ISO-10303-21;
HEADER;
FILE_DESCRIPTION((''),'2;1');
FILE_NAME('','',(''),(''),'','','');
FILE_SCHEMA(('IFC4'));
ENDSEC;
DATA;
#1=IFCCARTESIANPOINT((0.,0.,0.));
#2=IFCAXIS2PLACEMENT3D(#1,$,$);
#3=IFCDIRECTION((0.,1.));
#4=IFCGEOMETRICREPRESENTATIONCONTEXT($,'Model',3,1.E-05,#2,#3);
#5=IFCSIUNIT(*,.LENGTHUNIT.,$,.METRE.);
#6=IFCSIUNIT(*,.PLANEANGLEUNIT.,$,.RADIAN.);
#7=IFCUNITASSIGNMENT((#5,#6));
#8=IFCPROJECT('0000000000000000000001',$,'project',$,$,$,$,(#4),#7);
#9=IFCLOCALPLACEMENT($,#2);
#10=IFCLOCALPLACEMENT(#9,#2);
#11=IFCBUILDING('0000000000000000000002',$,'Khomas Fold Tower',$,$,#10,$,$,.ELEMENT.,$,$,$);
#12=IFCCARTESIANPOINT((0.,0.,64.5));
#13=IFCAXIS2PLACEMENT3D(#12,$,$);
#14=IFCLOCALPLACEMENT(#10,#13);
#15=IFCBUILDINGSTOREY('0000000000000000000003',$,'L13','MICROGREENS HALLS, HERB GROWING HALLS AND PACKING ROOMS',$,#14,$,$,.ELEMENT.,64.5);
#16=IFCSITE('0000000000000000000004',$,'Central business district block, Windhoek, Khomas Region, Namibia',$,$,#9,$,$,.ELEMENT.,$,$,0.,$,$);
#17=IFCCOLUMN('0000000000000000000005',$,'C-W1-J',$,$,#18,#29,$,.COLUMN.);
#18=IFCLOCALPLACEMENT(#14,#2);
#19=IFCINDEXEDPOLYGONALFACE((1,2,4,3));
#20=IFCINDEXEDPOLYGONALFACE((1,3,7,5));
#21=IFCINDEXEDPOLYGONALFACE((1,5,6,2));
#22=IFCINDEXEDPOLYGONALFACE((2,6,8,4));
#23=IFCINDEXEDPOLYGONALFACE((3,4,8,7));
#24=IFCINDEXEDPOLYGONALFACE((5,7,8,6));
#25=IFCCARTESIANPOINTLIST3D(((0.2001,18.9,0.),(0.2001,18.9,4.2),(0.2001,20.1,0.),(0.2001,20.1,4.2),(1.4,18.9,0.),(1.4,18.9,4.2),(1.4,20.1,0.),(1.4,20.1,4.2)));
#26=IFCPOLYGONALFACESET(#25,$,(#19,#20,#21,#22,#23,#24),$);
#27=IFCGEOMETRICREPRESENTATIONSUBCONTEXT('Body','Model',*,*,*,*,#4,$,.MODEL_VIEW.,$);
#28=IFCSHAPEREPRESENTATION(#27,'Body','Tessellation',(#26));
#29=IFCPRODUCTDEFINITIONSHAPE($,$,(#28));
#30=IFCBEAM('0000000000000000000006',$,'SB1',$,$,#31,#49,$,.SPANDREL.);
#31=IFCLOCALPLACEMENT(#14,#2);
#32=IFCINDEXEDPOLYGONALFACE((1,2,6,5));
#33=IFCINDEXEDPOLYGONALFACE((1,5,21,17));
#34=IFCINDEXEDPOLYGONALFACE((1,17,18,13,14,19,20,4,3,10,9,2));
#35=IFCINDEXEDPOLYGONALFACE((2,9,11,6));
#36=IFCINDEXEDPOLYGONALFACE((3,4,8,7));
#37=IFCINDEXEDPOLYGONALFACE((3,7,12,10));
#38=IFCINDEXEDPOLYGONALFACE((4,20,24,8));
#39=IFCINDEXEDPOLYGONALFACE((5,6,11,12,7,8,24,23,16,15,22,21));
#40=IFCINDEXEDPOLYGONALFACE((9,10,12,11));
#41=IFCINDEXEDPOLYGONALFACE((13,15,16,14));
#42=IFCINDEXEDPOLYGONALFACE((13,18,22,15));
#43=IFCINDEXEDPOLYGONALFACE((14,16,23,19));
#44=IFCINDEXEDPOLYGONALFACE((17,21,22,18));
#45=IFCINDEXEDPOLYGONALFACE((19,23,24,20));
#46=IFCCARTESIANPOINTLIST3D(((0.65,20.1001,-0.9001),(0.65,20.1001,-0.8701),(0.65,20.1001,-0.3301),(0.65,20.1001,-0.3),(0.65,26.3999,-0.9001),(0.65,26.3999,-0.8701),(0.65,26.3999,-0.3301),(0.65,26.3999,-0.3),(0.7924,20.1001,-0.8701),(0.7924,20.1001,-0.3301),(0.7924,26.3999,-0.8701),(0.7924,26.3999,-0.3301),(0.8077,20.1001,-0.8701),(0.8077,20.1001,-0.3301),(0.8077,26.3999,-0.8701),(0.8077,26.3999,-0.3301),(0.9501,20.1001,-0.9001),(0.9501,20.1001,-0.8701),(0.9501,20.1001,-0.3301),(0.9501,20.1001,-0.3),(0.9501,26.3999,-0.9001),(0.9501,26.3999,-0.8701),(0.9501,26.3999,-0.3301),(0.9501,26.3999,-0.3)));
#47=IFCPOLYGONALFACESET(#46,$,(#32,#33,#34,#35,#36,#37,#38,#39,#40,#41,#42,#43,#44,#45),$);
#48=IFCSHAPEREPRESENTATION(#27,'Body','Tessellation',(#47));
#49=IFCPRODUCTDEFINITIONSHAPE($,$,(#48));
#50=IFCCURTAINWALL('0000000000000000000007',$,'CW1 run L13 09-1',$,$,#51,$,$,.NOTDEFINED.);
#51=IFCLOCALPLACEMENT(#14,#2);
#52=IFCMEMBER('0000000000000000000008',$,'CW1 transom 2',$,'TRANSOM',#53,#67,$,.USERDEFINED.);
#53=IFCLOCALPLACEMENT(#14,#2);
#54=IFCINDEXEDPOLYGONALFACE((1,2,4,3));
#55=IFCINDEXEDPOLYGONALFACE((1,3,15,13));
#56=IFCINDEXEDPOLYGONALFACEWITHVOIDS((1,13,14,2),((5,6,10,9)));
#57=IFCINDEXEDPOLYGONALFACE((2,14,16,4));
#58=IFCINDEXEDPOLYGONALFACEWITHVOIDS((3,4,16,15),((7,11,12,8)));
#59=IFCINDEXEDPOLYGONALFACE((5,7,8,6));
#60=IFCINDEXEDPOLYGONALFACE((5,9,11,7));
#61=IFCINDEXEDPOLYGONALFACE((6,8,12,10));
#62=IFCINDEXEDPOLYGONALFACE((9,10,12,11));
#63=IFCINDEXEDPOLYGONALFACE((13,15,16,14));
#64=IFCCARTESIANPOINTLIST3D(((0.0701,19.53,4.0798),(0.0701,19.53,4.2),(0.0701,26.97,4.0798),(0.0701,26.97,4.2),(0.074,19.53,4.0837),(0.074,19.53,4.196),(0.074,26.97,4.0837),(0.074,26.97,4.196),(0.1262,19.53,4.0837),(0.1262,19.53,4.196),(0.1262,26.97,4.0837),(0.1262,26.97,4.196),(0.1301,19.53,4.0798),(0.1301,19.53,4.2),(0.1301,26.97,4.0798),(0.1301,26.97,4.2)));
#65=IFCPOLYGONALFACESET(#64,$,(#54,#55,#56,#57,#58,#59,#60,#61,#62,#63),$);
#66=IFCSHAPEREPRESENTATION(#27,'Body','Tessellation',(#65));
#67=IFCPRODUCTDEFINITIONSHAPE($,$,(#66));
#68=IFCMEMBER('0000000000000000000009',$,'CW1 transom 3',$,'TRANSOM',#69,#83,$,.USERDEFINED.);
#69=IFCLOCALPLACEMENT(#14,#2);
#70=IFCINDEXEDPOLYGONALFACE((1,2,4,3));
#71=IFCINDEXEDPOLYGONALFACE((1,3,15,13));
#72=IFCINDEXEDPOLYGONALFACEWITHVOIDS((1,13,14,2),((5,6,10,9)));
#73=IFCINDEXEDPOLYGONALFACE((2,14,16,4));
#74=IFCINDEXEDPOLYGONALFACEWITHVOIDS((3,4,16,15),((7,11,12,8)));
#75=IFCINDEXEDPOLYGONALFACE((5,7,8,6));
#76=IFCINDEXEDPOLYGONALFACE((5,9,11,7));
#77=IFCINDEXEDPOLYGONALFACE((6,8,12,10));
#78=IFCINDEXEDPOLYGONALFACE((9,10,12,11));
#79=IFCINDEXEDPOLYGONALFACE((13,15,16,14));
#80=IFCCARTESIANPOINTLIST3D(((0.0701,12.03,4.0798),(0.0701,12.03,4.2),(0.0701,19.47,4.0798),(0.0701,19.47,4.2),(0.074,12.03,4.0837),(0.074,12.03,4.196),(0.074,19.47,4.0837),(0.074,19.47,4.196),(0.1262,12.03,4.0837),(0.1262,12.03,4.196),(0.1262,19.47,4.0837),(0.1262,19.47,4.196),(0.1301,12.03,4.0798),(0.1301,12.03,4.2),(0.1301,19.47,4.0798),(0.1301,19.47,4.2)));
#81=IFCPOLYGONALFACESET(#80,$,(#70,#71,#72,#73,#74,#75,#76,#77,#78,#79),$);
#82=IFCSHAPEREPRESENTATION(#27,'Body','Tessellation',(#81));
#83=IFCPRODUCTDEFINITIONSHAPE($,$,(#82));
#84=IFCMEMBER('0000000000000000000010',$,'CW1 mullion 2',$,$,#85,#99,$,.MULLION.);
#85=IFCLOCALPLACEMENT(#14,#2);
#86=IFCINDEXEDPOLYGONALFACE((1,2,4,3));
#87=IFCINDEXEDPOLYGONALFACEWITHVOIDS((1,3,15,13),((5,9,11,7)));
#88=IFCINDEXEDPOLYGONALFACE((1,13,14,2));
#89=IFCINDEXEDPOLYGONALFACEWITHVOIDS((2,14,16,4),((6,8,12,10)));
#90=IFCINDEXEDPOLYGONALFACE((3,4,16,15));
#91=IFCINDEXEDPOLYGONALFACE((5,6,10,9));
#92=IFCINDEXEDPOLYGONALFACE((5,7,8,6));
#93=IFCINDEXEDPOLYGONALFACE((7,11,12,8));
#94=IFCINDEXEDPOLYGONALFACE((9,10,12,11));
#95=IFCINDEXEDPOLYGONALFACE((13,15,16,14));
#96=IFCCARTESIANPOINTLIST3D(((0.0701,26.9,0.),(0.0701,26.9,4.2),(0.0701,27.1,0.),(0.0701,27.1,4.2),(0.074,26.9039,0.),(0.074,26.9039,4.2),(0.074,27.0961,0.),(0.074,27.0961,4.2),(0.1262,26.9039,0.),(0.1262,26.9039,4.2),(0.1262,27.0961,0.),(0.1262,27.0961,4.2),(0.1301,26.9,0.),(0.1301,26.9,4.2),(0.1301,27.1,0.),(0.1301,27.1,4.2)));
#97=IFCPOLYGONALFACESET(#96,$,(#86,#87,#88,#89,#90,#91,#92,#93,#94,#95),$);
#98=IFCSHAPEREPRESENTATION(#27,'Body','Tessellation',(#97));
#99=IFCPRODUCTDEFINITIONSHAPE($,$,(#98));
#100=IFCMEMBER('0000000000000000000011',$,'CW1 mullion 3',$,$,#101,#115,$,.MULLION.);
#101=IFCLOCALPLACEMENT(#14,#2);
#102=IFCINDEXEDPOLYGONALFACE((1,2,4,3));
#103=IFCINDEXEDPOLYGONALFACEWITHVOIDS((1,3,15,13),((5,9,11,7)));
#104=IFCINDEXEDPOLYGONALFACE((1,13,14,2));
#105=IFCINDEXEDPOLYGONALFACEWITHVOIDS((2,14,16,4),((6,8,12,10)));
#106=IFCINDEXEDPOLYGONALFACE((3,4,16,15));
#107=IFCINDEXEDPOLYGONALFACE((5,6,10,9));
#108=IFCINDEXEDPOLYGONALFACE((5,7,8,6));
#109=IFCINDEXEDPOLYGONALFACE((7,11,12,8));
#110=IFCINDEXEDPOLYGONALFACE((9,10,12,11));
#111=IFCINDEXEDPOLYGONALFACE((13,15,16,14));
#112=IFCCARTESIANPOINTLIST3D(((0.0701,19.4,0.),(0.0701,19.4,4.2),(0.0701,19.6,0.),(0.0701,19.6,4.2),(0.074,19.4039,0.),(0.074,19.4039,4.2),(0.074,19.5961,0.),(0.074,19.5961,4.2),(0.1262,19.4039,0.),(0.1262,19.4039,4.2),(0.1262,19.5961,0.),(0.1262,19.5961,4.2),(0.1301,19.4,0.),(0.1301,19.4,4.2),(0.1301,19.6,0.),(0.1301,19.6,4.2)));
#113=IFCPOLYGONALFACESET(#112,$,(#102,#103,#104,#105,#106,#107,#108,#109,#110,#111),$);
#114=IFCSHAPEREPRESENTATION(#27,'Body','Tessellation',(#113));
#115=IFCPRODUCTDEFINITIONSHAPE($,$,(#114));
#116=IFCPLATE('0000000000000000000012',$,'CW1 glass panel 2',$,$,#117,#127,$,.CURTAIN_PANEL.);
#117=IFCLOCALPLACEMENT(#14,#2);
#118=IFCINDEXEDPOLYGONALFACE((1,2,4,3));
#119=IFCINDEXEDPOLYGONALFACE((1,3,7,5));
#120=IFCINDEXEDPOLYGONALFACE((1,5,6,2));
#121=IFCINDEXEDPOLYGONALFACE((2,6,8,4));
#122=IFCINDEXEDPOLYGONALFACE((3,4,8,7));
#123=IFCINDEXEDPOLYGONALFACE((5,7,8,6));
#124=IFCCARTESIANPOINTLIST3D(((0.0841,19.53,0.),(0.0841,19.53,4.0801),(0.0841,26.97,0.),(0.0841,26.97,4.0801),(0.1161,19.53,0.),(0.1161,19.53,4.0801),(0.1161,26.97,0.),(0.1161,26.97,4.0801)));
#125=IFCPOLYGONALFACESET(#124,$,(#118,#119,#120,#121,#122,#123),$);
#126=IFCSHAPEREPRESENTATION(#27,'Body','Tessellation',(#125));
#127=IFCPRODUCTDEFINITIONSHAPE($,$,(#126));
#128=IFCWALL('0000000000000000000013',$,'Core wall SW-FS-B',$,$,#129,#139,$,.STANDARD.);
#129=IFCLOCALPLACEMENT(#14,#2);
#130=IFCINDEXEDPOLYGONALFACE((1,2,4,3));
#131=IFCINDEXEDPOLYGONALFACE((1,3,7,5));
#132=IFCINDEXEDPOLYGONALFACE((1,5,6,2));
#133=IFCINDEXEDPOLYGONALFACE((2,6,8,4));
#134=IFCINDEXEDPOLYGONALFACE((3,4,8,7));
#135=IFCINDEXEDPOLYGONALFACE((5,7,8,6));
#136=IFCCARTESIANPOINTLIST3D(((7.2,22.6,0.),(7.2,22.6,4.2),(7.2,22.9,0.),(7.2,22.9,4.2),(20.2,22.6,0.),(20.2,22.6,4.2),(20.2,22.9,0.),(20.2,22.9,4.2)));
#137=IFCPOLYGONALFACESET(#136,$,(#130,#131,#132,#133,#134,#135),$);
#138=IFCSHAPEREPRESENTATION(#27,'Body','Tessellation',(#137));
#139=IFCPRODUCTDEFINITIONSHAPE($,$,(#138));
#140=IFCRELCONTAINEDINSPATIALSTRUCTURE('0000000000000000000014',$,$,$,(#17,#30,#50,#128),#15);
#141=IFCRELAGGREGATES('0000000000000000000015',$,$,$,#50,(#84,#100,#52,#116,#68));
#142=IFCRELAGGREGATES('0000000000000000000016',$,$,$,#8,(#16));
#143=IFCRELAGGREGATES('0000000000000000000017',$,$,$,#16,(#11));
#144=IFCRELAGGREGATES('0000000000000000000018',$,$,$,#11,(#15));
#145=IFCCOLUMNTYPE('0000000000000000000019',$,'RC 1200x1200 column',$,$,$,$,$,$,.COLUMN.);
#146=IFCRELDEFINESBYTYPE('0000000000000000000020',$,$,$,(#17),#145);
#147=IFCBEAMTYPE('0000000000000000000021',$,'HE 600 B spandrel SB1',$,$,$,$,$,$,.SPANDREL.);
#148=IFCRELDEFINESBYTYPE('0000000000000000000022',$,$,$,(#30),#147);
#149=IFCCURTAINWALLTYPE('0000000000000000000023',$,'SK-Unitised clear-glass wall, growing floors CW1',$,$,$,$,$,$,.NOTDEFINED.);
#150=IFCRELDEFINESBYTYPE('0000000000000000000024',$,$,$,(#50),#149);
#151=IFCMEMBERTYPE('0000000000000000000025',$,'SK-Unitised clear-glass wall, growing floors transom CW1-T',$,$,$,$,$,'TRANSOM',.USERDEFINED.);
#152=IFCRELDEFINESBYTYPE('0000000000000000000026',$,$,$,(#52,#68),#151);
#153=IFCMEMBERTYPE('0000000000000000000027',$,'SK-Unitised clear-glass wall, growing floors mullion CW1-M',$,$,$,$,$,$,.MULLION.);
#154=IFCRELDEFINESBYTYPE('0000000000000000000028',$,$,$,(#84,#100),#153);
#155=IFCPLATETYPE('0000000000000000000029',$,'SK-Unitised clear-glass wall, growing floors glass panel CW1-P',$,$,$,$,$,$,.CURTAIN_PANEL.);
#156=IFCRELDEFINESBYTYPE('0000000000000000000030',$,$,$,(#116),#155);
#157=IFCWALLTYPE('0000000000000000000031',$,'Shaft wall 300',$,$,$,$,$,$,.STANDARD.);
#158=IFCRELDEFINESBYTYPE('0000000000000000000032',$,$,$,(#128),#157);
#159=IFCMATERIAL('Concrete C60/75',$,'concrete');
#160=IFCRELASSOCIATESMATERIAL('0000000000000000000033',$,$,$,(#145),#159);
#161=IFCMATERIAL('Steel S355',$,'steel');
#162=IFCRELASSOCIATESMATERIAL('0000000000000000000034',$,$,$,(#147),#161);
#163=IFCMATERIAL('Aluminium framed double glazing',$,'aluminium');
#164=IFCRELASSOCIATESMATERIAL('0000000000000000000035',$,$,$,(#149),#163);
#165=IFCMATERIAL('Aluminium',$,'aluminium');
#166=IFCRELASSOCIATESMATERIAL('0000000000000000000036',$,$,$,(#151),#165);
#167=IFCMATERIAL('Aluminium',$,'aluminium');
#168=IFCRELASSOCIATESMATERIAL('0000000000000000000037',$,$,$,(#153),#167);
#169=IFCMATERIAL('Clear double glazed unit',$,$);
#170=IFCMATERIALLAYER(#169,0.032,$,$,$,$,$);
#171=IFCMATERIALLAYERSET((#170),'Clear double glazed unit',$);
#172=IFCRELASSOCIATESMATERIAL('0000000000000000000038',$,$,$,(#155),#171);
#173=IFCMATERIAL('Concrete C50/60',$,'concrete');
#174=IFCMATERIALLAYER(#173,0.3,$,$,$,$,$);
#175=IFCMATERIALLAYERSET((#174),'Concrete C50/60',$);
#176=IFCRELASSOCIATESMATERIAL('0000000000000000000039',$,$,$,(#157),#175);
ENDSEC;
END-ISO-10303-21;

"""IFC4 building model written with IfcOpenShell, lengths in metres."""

from ifc_helpers import new_model, si_unit, direction, frame, frame_2d, origin, origin_2d, place, context, subcontext, project, spatial, rectangle, hollow_rectangle, i_section, extrude, source, transform, mapped, material, layer, layer_set, material_profile, profile_set, type_object, element, aggregate, save


model = new_model("IFC4")

# Units and contexts
model_context = context("Model", 3, precision=1e-05, world=origin(), true_north=direction((0.0, 1.0)))
body_context = subcontext(model_context, "Body", "Model", "MODEL_VIEW")
ifc_project = project(units=[si_unit("LENGTHUNIT", "METRE"), si_unit("PLANEANGLEUNIT", "RADIAN")], contexts=[model_context])

# Site, building, storey
site_placement = place(None, origin())
site = spatial("IfcSite", under=ifc_project, at=site_placement, Name="Central business district block, Windhoek, Khomas Region, Namibia", CompositionType="ELEMENT", RefElevation=0.0)
building_placement = place(site_placement, origin())
building = spatial("IfcBuilding", under=site, at=building_placement, Name="Khomas Fold Tower", CompositionType="ELEMENT")
storey_placement = place(building_placement, frame((0.0, 0.0, 64.5)))
storey = spatial("IfcBuildingStorey", under=building, at=storey_placement, Name="L13", Description="MICROGREENS HALLS, HERB GROWING HALLS AND PACKING ROOMS", CompositionType="ELEMENT", Elevation=64.5)

# Column
ifc_material_1 = material(Name="Concrete C60/75", Category="concrete")
ifc_material_profile_1 = material_profile(ifc_material_1, rectangle(XDim=1.2, YDim=1.2, at=origin_2d()), Name="RC 1200x1200")
ifc_profile_set_1 = profile_set([ifc_material_profile_1], Name="Concrete C60/75")
column_type = type_object("IfcColumnType", Name="RC 1200x1200 column", PredefinedType="COLUMN", material=ifc_profile_set_1)
shared_shape_1 = source(origin(), body_context, "Body", "SweptSolid", [
    extrude(rectangle(XDim=1.2, YDim=1.2, at=origin_2d()), origin(), (0.0, 0.0, 1.0), 4.2),
])
column_placement = place(storey_placement, frame((0.8, 19.5, 0.0), z_axis=(0.0, 0.0, 1.0), x_axis=(1.0, 0.0, 0.0)))
element("IfcColumn", 1, at=column_placement, inside=storey, type_object=column_type, Name="C-W1-J", PredefinedType="COLUMN", context=body_context, shape_type="MappedRepresentation", body=[
    mapped(shared_shape_1, transform((0.0, 0.0, 0.0))),
])

# Beam
ifc_material_2 = material(Name="Steel S355", Category="steel")
ifc_material_profile_2 = material_profile(ifc_material_2, i_section(OverallWidth=0.3, OverallDepth=0.6001, WebThickness=0.0154, FlangeThickness=0.03, at=origin_2d()), Name="HE 600 B")
ifc_profile_set_2 = profile_set([ifc_material_profile_2], Name="Steel S355")
beam_type = type_object("IfcBeamType", Name="HE 600 B spandrel SB1", PredefinedType="SPANDREL", material=ifc_profile_set_2)
shared_shape_2 = source(origin(), body_context, "Body", "SweptSolid", [
    extrude(i_section(OverallWidth=0.3, OverallDepth=0.6001, WebThickness=0.0154, FlangeThickness=0.03, at=origin_2d()), origin(), (0.0, 0.0, 1.0), 6.2998),
])
beam_placement = place(storey_placement, frame((0.8, 20.1001, -0.6001), z_axis=(0.0, 1.0, 0.0), x_axis=(-1.0, 0.0, 0.0)))
element("IfcBeam", 2, at=beam_placement, inside=storey, type_object=beam_type, Name="SB1", PredefinedType="SPANDREL", context=body_context, shape_type="MappedRepresentation", body=[
    mapped(shared_shape_2, transform((0.0, 0.0, 0.0))),
])

# Curtain wall, members, plate
ifc_material_3 = material(Name="Aluminium framed double glazing", Category="aluminium")
curtain_wall_type = type_object("IfcCurtainWallType", Name="SK-Unitised clear-glass wall, growing floors CW1", PredefinedType="NOTDEFINED", material=ifc_material_3)
curtain_wall_placement = place(storey_placement, origin())
curtain_wall = element("IfcCurtainWall", 3, at=curtain_wall_placement, inside=storey, type_object=curtain_wall_type, Name="CW1 run L13 09-1", PredefinedType="NOTDEFINED")
ifc_material_4 = material(Name="Aluminium", Category="aluminium")
ifc_material_profile_3 = material_profile(ifc_material_4, hollow_rectangle(XDim=0.0601, YDim=0.1201, WallThickness=0.0039, at=origin_2d()), Name="SK-Unitised clear-glass wall, growing floors transom CW1-T")
ifc_profile_set_3 = profile_set([ifc_material_profile_3], Name="Aluminium")
member_type_1 = type_object("IfcMemberType", Name="SK-Unitised clear-glass wall, growing floors transom CW1-T", ElementType="TRANSOM", PredefinedType="USERDEFINED", material=ifc_profile_set_3)
shared_shape_3 = source(origin(), body_context, "Body", "SweptSolid", [
    extrude(hollow_rectangle(XDim=0.0601, YDim=0.1201, WallThickness=0.0039, at=origin_2d()), origin(), (0.0, 0.0, 1.0), 7.4399),
])
member_1_placement = place(storey_placement, frame((0.1001, 26.97, 4.1399), z_axis=(0.0, -1.0, 0.0), x_axis=(1.0, 0.0, 0.0)))
member_1 = element("IfcMember", 4, at=member_1_placement, type_object=member_type_1, Name="CW1 transom 2", ObjectType="TRANSOM", PredefinedType="USERDEFINED", context=body_context, shape_type="MappedRepresentation", body=[
    mapped(shared_shape_3, transform((0.0, 0.0, 0.0))),
])
member_2_placement = place(storey_placement, frame((0.1001, 19.47, 4.1399), z_axis=(0.0, -1.0, 0.0), x_axis=(1.0, 0.0, 0.0)))
member_2 = element("IfcMember", 5, at=member_2_placement, type_object=member_type_1, Name="CW1 transom 3", ObjectType="TRANSOM", PredefinedType="USERDEFINED", context=body_context, shape_type="MappedRepresentation", body=[
    mapped(shared_shape_3, transform((0.0, 0.0, 0.0))),
])
ifc_material_5 = material(Name="Aluminium", Category="aluminium")
ifc_material_profile_4 = material_profile(ifc_material_5, hollow_rectangle(XDim=0.0601, YDim=0.2, WallThickness=0.0039, at=origin_2d()), Name="SK-Unitised clear-glass wall, growing floors mullion CW1-M")
ifc_profile_set_4 = profile_set([ifc_material_profile_4], Name="Aluminium")
member_type_2 = type_object("IfcMemberType", Name="SK-Unitised clear-glass wall, growing floors mullion CW1-M", PredefinedType="MULLION", material=ifc_profile_set_4)
shared_shape_4 = source(origin(), body_context, "Body", "SweptSolid", [
    extrude(hollow_rectangle(XDim=0.0601, YDim=0.2, WallThickness=0.0039, at=origin_2d()), origin(), (0.0, 0.0, 1.0), 4.2),
])
member_3_placement = place(storey_placement, frame((0.1001, 27.0, 0.0), z_axis=(0.0, 0.0, 1.0), x_axis=(1.0, 0.0, 0.0)))
member_3 = element("IfcMember", 6, at=member_3_placement, type_object=member_type_2, Name="CW1 mullion 2", PredefinedType="MULLION", context=body_context, shape_type="MappedRepresentation", body=[
    mapped(shared_shape_4, transform((0.0, 0.0, 0.0))),
])
member_4_placement = place(storey_placement, frame((0.1001, 19.5, 0.0), z_axis=(0.0, 0.0, 1.0), x_axis=(1.0, 0.0, 0.0)))
member_4 = element("IfcMember", 7, at=member_4_placement, type_object=member_type_2, Name="CW1 mullion 3", PredefinedType="MULLION", context=body_context, shape_type="MappedRepresentation", body=[
    mapped(shared_shape_4, transform((0.0, 0.0, 0.0))),
])
ifc_material_6 = material(Name="Clear double glazed unit")
ifc_layer_1 = layer(ifc_material_6, 0.032)
ifc_layer_set_1 = layer_set([ifc_layer_1], Name="Clear double glazed unit")
plate_type = type_object("IfcPlateType", Name="SK-Unitised clear-glass wall, growing floors glass panel CW1-P", PredefinedType="CURTAIN_PANEL", material=ifc_layer_set_1)
shared_shape_5 = source(origin(), body_context, "Body", "SweptSolid", [
    extrude(rectangle(XDim=7.4399, YDim=0.032, at=origin_2d()), origin(), (0.0, 0.0, 1.0), 4.0801),
])
plate_placement = place(storey_placement, frame((0.1001, 23.25, 0.0), z_axis=(0.0, 0.0, 1.0), x_axis=(0.0, -1.0, 0.0)))
plate = element("IfcPlate", 8, at=plate_placement, type_object=plate_type, Name="CW1 glass panel 2", PredefinedType="CURTAIN_PANEL", context=body_context, shape_type="MappedRepresentation", body=[
    mapped(shared_shape_5, transform((0.0, 0.0, 0.0))),
])
aggregate(curtain_wall, [member_3, member_4, member_1, plate, member_2])

# Wall
ifc_material_7 = material(Name="Concrete C50/60", Category="concrete")
ifc_layer_2 = layer(ifc_material_7, 0.3)
ifc_layer_set_2 = layer_set([ifc_layer_2], Name="Concrete C50/60")
wall_type_1 = type_object("IfcWallType", Name="Shaft wall 300", PredefinedType="STANDARD", material=ifc_layer_set_2)
shared_shape_6 = source(origin(), body_context, "Body", "SweptSolid", [
    extrude(rectangle(XDim=13.0, YDim=0.3, at=frame_2d((6.5, 0.0))), origin(), (0.0, 0.0, 1.0), 4.2),
])
wall_1_placement = place(storey_placement, frame((7.2, 22.75, 0.0), z_axis=(0.0, 0.0, 1.0), x_axis=(1.0, 0.0, 0.0)))
element("IfcWall", 9, at=wall_1_placement, inside=storey, type_object=wall_type_1, Name="Core wall SW-FS-B", PredefinedType="STANDARD", context=body_context, shape_type="MappedRepresentation", body=[
    mapped(shared_shape_6, transform((0.0, 0.0, 0.0))),
])

save(model, "model.ifc")
